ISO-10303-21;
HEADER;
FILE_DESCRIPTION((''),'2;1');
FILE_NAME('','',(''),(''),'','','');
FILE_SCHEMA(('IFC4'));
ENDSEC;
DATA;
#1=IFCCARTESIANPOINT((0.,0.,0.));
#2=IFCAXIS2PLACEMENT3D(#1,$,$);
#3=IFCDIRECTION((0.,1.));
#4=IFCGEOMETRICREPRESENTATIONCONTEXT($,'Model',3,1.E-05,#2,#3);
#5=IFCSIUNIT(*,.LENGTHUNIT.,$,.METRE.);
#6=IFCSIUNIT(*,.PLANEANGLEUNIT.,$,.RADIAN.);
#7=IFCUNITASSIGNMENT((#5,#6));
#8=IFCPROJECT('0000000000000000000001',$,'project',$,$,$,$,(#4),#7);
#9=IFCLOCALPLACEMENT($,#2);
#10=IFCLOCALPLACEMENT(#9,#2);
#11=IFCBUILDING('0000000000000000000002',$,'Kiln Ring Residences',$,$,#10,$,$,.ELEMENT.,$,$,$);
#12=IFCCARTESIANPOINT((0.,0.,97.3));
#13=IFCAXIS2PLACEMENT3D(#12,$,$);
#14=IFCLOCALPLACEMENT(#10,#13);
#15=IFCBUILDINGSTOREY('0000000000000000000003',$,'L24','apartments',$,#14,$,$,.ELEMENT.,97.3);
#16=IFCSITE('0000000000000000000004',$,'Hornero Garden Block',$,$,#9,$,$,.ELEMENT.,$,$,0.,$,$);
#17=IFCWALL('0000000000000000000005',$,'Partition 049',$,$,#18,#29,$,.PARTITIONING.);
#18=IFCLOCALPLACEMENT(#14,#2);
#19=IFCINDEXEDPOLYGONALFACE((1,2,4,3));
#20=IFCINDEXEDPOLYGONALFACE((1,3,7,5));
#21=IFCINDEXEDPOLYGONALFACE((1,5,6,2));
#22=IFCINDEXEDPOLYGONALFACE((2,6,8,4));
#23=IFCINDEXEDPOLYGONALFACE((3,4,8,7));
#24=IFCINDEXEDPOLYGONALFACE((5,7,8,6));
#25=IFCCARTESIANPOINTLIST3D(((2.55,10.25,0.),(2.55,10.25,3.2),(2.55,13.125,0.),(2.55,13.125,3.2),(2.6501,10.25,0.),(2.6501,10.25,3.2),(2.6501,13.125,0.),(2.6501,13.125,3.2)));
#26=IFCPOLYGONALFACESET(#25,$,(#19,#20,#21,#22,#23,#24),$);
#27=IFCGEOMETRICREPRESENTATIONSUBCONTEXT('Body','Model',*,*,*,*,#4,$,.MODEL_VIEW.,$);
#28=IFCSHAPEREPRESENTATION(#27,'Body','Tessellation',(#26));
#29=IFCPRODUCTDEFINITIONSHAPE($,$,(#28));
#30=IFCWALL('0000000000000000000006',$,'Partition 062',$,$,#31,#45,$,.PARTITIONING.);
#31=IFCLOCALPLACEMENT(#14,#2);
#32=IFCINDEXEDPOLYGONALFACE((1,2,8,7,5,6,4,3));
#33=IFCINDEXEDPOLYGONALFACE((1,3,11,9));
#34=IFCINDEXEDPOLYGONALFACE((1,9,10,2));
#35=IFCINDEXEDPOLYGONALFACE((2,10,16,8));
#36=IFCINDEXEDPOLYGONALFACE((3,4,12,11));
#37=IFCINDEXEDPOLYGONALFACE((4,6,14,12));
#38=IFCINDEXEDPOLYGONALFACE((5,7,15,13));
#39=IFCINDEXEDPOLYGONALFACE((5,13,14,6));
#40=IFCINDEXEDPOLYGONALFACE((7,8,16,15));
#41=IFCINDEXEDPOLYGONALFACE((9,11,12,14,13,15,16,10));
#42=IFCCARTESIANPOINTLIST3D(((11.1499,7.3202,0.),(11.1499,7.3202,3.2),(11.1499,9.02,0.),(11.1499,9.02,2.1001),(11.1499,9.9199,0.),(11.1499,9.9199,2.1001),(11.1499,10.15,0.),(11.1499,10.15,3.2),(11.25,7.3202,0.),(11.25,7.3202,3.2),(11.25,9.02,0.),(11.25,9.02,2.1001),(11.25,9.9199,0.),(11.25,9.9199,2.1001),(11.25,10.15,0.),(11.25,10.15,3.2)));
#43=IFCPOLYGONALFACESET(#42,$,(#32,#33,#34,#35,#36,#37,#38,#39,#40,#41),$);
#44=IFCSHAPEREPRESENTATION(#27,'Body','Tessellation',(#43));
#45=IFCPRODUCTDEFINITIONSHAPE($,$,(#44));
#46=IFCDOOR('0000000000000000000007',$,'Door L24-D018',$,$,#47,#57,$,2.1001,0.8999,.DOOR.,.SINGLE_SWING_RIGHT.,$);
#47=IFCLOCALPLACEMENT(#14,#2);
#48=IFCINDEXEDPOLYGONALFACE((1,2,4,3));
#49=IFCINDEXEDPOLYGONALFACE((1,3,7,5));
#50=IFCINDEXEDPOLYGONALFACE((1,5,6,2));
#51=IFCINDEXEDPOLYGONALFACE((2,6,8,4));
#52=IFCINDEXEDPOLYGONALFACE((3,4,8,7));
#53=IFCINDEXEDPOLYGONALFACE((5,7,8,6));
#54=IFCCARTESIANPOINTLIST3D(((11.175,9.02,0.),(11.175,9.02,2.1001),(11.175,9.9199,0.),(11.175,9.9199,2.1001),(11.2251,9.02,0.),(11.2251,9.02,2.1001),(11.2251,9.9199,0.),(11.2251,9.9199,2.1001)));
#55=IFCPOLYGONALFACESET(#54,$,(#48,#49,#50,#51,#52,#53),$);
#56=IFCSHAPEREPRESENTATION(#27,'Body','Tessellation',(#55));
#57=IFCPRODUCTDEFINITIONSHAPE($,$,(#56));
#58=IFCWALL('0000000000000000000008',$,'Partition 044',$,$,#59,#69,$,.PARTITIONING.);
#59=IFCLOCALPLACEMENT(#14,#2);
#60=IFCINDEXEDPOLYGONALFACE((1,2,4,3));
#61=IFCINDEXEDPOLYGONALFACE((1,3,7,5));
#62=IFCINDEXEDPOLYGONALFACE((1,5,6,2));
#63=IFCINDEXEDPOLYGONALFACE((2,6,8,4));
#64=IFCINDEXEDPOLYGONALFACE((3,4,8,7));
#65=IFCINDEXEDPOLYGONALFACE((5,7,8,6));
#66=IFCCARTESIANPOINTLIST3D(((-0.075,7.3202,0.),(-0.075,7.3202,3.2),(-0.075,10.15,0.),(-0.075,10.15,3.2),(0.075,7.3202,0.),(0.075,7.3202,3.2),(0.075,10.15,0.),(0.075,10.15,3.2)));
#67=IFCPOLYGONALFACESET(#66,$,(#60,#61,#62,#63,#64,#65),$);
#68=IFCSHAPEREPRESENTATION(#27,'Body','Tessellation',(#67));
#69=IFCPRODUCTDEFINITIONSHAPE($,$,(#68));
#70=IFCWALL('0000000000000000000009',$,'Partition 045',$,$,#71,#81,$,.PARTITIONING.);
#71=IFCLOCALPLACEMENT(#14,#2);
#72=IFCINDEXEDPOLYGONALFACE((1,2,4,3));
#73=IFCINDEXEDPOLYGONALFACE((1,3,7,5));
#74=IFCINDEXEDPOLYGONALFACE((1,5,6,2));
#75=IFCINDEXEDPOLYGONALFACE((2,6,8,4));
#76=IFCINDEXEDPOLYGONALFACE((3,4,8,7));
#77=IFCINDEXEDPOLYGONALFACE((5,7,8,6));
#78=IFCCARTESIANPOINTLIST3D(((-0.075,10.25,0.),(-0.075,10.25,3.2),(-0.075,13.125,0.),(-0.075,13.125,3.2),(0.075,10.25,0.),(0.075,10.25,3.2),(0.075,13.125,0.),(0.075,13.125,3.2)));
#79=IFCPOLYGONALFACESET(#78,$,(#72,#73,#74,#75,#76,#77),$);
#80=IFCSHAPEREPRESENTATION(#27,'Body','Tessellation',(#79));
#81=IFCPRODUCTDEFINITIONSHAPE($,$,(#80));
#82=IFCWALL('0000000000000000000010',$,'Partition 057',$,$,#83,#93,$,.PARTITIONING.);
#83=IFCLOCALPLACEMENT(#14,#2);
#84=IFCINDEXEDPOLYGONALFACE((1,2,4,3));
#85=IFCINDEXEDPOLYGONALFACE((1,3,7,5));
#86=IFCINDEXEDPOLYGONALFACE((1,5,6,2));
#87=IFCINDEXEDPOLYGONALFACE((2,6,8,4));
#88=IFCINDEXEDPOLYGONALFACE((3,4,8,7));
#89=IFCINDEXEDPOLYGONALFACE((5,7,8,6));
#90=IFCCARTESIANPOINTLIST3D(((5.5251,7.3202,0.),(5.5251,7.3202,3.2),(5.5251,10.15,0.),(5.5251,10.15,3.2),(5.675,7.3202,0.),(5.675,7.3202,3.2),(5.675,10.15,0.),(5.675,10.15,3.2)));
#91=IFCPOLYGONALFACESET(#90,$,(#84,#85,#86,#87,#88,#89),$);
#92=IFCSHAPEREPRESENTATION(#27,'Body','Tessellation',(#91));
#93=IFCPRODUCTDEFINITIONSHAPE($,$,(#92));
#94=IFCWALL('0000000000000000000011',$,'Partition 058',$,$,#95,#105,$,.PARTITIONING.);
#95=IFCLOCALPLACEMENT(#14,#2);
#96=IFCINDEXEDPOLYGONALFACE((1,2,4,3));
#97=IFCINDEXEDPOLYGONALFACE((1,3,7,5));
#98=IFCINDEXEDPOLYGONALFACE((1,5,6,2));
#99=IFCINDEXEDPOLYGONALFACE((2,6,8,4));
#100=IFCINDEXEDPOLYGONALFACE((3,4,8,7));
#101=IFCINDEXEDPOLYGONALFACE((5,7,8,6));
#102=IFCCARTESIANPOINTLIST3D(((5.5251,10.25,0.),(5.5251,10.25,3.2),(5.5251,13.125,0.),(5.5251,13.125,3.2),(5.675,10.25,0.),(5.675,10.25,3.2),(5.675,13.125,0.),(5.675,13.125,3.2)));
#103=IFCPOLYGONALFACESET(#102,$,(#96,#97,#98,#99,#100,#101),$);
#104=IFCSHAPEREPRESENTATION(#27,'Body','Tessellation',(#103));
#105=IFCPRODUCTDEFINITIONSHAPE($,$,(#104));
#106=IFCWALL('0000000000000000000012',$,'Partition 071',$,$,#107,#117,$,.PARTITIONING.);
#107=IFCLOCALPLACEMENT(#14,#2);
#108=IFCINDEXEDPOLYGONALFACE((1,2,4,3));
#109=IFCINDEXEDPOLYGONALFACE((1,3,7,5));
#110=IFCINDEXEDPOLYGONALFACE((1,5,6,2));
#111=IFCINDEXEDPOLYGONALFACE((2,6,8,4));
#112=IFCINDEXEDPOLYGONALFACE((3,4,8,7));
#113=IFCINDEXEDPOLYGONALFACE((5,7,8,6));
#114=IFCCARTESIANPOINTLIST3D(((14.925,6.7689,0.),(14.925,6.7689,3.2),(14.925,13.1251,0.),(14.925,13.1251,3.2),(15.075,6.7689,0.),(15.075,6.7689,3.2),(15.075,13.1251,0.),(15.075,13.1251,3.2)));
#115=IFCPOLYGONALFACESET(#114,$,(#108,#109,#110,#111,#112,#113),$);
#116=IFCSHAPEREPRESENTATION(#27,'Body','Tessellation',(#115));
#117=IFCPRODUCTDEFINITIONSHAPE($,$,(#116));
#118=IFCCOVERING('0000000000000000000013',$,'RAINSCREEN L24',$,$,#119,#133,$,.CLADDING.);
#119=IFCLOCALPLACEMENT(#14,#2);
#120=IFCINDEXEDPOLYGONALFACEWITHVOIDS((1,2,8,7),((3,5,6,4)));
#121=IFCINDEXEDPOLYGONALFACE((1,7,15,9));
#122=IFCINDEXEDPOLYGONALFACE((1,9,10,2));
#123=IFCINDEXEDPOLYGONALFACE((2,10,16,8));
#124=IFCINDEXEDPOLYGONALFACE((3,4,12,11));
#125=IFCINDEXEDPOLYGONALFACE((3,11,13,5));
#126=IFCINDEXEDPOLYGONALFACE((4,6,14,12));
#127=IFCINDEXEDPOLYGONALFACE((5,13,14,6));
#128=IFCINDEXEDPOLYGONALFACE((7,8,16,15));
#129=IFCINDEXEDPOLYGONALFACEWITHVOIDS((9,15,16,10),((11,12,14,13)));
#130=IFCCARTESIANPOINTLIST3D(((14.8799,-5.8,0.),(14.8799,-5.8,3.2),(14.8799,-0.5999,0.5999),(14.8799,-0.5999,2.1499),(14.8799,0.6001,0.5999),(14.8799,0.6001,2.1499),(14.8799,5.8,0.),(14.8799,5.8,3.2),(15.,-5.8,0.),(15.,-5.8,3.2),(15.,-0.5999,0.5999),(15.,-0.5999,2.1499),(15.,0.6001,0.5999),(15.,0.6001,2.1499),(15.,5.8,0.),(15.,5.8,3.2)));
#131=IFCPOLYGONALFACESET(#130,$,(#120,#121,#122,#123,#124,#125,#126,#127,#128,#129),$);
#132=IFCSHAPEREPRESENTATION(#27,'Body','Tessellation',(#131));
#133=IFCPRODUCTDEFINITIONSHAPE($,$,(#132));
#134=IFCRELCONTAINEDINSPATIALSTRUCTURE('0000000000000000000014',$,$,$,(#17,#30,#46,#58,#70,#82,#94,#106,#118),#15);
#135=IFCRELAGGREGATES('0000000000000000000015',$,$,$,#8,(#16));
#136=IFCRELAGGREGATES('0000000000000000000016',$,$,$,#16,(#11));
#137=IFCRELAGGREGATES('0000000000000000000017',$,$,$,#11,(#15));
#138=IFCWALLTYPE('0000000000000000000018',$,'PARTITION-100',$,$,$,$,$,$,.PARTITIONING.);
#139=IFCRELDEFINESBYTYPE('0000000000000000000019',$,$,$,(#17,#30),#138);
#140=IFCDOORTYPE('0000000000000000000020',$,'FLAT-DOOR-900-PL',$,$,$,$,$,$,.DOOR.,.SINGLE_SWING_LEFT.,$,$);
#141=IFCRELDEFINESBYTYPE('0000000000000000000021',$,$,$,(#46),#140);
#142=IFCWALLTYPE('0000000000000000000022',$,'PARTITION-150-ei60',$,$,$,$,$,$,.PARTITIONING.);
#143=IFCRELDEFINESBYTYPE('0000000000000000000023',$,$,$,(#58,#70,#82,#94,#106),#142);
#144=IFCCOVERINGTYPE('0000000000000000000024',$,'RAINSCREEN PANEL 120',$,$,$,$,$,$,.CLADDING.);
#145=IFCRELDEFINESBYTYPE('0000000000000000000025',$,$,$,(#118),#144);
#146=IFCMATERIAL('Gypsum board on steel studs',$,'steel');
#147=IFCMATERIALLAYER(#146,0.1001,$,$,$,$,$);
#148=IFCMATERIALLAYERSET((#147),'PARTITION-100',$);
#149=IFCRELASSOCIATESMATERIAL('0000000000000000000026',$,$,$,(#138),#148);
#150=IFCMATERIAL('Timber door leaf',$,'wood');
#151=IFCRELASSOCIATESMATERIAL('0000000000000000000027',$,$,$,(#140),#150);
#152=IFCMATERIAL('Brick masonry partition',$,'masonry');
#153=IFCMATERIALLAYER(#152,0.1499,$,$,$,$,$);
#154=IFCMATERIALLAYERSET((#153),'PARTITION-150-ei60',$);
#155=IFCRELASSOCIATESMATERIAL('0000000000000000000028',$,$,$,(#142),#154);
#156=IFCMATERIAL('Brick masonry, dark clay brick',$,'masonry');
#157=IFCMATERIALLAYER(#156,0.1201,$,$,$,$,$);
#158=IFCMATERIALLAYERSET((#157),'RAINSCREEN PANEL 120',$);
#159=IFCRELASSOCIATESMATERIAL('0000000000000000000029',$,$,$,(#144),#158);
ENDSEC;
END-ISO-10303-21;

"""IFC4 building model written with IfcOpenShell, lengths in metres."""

from ifc_helpers import new_model, si_unit, direction, frame, frame_2d, origin, place, context, subcontext, project, spatial, polyline, rectangle, outline, extrude, material, layer, layer_set, type_object, element, fill, save


model = new_model("IFC4")

# Units and contexts
model_context = context("Model", 3, precision=1e-05, world=origin(), true_north=direction((0.0, 1.0)))
body_context = subcontext(model_context, "Body", "Model", "MODEL_VIEW")
ifc_project = project(units=[si_unit("LENGTHUNIT", "METRE"), si_unit("PLANEANGLEUNIT", "RADIAN")], contexts=[model_context])

# Site, building, storey
site_placement = place(None, origin())
site = spatial("IfcSite", under=ifc_project, at=site_placement, Name="Hornero Garden Block", CompositionType="ELEMENT", RefElevation=0.0)
building_placement = place(site_placement, origin())
building = spatial("IfcBuilding", under=site, at=building_placement, Name="Kiln Ring Residences", CompositionType="ELEMENT")
storey_placement = place(building_placement, frame((0.0, 0.0, 97.3)))
storey = spatial("IfcBuildingStorey", under=building, at=storey_placement, Name="L24", Description="apartments", CompositionType="ELEMENT", Elevation=97.3)

# Wall
ifc_material_1 = material(Name="Gypsum board on steel studs", Category="steel")
ifc_layer_1 = layer(ifc_material_1, 0.1001)
ifc_layer_set_1 = layer_set([ifc_layer_1], Name="PARTITION-100")
wall_type_1 = type_object("IfcWallType", Name="PARTITION-100", PredefinedType="PARTITIONING", material=ifc_layer_set_1)
wall_1_placement = place(storey_placement, frame((2.6001, 10.25, 0.0), z_axis=(0.0, 0.0, 1.0), x_axis=(0.0, 1.0, 0.0)))
element("IfcWall", 1, at=wall_1_placement, inside=storey, type_object=wall_type_1, Name="Partition 049", PredefinedType="PARTITIONING", context=body_context, shape_type="SweptSolid", body=[
    extrude(rectangle(XDim=2.875, YDim=0.1001, at=frame_2d((1.4375, 0.0))), origin(), (0.0, 0.0, 1.0), 3.2),
])

# Wall, opening, door
wall_2_placement = place(storey_placement, frame((11.2, 7.3201, 0.0), z_axis=(0.0, 0.0, 1.0), x_axis=(0.0, 1.0, 0.0)))
wall_2 = element("IfcWall", 2, at=wall_2_placement, inside=storey, type_object=wall_type_1, Name="Partition 062", PredefinedType="PARTITIONING", context=body_context, shape_type="SweptSolid", body=[
    extrude(rectangle(XDim=2.8298, YDim=0.1001, at=frame_2d((1.415, 0.0))), origin(), (0.0, 0.0, 1.0), 3.2),
])
opening_placement = place(wall_2_placement, frame((1.7, 0.0, 0.0)))
opening = element("IfcOpeningElement", 3, at=opening_placement, cuts=wall_2, PredefinedType="OPENING", context=body_context, shape_type="SweptSolid", body=[
    extrude(rectangle(XDim=0.8999, YDim=2.1001, at=frame_2d((0.45, 1.05))), frame((0.0, 0.0601, 0.0), z_axis=(0.0, -1.0, 0.0), x_axis=(1.0, 0.0, 0.0)), (0.0, 0.0, 1.0), 0.1201),
])
ifc_material_2 = material(Name="Timber door leaf", Category="wood")
door_type = type_object("IfcDoorType", Name="FLAT-DOOR-900-PL", OperationType="SINGLE_SWING_LEFT", PredefinedType="DOOR", material=ifc_material_2)
door_placement = place(opening_placement, origin())
door = element("IfcDoor", 4, at=door_placement, inside=storey, type_object=door_type, Name="Door L24-D018", OperationType="SINGLE_SWING_RIGHT", OverallHeight=2.1001, OverallWidth=0.8999, PredefinedType="DOOR", context=body_context, shape_type="SweptSolid", body=[
    extrude(rectangle(XDim=0.8999, YDim=2.1001, at=frame_2d((0.45, 1.05))), frame((0.0, 0.0249, 0.0), z_axis=(0.0, -1.0, 0.0), x_axis=(1.0, 0.0, 0.0)), (0.0, 0.0, 1.0), 0.05),
])
fill(opening, door)

# Walls
ifc_material_3 = material(Name="Brick masonry partition", Category="masonry")
ifc_layer_2 = layer(ifc_material_3, 0.1499)
ifc_layer_set_2 = layer_set([ifc_layer_2], Name="PARTITION-150-ei60")
wall_type_2 = type_object("IfcWallType", Name="PARTITION-150-ei60", PredefinedType="PARTITIONING", material=ifc_layer_set_2)
wall_3_placement = place(storey_placement, frame((0.0, 7.3201, 0.0), z_axis=(0.0, 0.0, 1.0), x_axis=(0.0, 1.0, 0.0)))
element("IfcWall", 5, at=wall_3_placement, inside=storey, type_object=wall_type_2, Name="Partition 044", PredefinedType="PARTITIONING", context=body_context, shape_type="SweptSolid", body=[
    extrude(rectangle(XDim=2.8298, YDim=0.1499, at=frame_2d((1.415, 0.0))), origin(), (0.0, 0.0, 1.0), 3.2),
])
wall_4_placement = place(storey_placement, frame((0.0, 10.25, 0.0), z_axis=(0.0, 0.0, 1.0), x_axis=(0.0, 1.0, 0.0)))
element("IfcWall", 6, at=wall_4_placement, inside=storey, type_object=wall_type_2, Name="Partition 045", PredefinedType="PARTITIONING", context=body_context, shape_type="SweptSolid", body=[
    extrude(rectangle(XDim=2.875, YDim=0.1499, at=frame_2d((1.4375, 0.0))), origin(), (0.0, 0.0, 1.0), 3.2),
])
wall_5_placement = place(storey_placement, frame((5.6001, 7.3201, 0.0), z_axis=(0.0, 0.0, 1.0), x_axis=(0.0, 1.0, 0.0)))
element("IfcWall", 7, at=wall_5_placement, inside=storey, type_object=wall_type_2, Name="Partition 057", PredefinedType="PARTITIONING", context=body_context, shape_type="SweptSolid", body=[
    extrude(rectangle(XDim=2.8298, YDim=0.1499, at=frame_2d((1.415, 0.0))), origin(), (0.0, 0.0, 1.0), 3.2),
])
wall_6_placement = place(storey_placement, frame((5.6001, 10.25, 0.0), z_axis=(0.0, 0.0, 1.0), x_axis=(0.0, 1.0, 0.0)))
element("IfcWall", 8, at=wall_6_placement, inside=storey, type_object=wall_type_2, Name="Partition 058", PredefinedType="PARTITIONING", context=body_context, shape_type="SweptSolid", body=[
    extrude(rectangle(XDim=2.875, YDim=0.1499, at=frame_2d((1.4375, 0.0))), origin(), (0.0, 0.0, 1.0), 3.2),
])
wall_7_placement = place(storey_placement, frame((15.0, 6.7688, 0.0), z_axis=(0.0, 0.0, 1.0), x_axis=(0.0, 1.0, 0.0)))
element("IfcWall", 9, at=wall_7_placement, inside=storey, type_object=wall_type_2, Name="Partition 071", PredefinedType="PARTITIONING", context=body_context, shape_type="SweptSolid", body=[
    extrude(rectangle(XDim=6.3562, YDim=0.1499, at=frame_2d((3.1782, 0.0))), origin(), (0.0, 0.0, 1.0), 3.2),
])

# Covering
ifc_material_4 = material(Name="Brick masonry, dark clay brick", Category="masonry")
ifc_layer_3 = layer(ifc_material_4, 0.1201)
ifc_layer_set_3 = layer_set([ifc_layer_3], Name="RAINSCREEN PANEL 120")
covering_type = type_object("IfcCoveringType", Name="RAINSCREEN PANEL 120", PredefinedType="CLADDING", material=ifc_layer_set_3)
covering_placement = place(storey_placement, frame((14.9399, 5.8, 0.0), z_axis=(0.0, 0.0, 1.0), x_axis=(0.0, -1.0, 0.0)))
element("IfcCovering", 10, at=covering_placement, inside=storey, type_object=covering_type, Name="RAINSCREEN L24", PredefinedType="CLADDING", context=body_context, shape_type="SweptSolid", body=[
    extrude(outline(polyline([(0.0, 0.0), (11.6001, 0.0), (11.6001, 3.2), (0.0, 3.2), (0.0, 0.0)]), holes=[polyline([(5.2, 2.1499), (5.2, 0.5999), (6.3999, 0.5999), (6.3999, 2.1499), (5.2, 2.1499)])]), frame((0.0, 0.0601, 0.0), z_axis=(0.0, -1.0, 0.0), x_axis=(1.0, 0.0, 0.0)), (0.0, 0.0, 1.0), 0.1201),
])

save(model, "model.ifc")
